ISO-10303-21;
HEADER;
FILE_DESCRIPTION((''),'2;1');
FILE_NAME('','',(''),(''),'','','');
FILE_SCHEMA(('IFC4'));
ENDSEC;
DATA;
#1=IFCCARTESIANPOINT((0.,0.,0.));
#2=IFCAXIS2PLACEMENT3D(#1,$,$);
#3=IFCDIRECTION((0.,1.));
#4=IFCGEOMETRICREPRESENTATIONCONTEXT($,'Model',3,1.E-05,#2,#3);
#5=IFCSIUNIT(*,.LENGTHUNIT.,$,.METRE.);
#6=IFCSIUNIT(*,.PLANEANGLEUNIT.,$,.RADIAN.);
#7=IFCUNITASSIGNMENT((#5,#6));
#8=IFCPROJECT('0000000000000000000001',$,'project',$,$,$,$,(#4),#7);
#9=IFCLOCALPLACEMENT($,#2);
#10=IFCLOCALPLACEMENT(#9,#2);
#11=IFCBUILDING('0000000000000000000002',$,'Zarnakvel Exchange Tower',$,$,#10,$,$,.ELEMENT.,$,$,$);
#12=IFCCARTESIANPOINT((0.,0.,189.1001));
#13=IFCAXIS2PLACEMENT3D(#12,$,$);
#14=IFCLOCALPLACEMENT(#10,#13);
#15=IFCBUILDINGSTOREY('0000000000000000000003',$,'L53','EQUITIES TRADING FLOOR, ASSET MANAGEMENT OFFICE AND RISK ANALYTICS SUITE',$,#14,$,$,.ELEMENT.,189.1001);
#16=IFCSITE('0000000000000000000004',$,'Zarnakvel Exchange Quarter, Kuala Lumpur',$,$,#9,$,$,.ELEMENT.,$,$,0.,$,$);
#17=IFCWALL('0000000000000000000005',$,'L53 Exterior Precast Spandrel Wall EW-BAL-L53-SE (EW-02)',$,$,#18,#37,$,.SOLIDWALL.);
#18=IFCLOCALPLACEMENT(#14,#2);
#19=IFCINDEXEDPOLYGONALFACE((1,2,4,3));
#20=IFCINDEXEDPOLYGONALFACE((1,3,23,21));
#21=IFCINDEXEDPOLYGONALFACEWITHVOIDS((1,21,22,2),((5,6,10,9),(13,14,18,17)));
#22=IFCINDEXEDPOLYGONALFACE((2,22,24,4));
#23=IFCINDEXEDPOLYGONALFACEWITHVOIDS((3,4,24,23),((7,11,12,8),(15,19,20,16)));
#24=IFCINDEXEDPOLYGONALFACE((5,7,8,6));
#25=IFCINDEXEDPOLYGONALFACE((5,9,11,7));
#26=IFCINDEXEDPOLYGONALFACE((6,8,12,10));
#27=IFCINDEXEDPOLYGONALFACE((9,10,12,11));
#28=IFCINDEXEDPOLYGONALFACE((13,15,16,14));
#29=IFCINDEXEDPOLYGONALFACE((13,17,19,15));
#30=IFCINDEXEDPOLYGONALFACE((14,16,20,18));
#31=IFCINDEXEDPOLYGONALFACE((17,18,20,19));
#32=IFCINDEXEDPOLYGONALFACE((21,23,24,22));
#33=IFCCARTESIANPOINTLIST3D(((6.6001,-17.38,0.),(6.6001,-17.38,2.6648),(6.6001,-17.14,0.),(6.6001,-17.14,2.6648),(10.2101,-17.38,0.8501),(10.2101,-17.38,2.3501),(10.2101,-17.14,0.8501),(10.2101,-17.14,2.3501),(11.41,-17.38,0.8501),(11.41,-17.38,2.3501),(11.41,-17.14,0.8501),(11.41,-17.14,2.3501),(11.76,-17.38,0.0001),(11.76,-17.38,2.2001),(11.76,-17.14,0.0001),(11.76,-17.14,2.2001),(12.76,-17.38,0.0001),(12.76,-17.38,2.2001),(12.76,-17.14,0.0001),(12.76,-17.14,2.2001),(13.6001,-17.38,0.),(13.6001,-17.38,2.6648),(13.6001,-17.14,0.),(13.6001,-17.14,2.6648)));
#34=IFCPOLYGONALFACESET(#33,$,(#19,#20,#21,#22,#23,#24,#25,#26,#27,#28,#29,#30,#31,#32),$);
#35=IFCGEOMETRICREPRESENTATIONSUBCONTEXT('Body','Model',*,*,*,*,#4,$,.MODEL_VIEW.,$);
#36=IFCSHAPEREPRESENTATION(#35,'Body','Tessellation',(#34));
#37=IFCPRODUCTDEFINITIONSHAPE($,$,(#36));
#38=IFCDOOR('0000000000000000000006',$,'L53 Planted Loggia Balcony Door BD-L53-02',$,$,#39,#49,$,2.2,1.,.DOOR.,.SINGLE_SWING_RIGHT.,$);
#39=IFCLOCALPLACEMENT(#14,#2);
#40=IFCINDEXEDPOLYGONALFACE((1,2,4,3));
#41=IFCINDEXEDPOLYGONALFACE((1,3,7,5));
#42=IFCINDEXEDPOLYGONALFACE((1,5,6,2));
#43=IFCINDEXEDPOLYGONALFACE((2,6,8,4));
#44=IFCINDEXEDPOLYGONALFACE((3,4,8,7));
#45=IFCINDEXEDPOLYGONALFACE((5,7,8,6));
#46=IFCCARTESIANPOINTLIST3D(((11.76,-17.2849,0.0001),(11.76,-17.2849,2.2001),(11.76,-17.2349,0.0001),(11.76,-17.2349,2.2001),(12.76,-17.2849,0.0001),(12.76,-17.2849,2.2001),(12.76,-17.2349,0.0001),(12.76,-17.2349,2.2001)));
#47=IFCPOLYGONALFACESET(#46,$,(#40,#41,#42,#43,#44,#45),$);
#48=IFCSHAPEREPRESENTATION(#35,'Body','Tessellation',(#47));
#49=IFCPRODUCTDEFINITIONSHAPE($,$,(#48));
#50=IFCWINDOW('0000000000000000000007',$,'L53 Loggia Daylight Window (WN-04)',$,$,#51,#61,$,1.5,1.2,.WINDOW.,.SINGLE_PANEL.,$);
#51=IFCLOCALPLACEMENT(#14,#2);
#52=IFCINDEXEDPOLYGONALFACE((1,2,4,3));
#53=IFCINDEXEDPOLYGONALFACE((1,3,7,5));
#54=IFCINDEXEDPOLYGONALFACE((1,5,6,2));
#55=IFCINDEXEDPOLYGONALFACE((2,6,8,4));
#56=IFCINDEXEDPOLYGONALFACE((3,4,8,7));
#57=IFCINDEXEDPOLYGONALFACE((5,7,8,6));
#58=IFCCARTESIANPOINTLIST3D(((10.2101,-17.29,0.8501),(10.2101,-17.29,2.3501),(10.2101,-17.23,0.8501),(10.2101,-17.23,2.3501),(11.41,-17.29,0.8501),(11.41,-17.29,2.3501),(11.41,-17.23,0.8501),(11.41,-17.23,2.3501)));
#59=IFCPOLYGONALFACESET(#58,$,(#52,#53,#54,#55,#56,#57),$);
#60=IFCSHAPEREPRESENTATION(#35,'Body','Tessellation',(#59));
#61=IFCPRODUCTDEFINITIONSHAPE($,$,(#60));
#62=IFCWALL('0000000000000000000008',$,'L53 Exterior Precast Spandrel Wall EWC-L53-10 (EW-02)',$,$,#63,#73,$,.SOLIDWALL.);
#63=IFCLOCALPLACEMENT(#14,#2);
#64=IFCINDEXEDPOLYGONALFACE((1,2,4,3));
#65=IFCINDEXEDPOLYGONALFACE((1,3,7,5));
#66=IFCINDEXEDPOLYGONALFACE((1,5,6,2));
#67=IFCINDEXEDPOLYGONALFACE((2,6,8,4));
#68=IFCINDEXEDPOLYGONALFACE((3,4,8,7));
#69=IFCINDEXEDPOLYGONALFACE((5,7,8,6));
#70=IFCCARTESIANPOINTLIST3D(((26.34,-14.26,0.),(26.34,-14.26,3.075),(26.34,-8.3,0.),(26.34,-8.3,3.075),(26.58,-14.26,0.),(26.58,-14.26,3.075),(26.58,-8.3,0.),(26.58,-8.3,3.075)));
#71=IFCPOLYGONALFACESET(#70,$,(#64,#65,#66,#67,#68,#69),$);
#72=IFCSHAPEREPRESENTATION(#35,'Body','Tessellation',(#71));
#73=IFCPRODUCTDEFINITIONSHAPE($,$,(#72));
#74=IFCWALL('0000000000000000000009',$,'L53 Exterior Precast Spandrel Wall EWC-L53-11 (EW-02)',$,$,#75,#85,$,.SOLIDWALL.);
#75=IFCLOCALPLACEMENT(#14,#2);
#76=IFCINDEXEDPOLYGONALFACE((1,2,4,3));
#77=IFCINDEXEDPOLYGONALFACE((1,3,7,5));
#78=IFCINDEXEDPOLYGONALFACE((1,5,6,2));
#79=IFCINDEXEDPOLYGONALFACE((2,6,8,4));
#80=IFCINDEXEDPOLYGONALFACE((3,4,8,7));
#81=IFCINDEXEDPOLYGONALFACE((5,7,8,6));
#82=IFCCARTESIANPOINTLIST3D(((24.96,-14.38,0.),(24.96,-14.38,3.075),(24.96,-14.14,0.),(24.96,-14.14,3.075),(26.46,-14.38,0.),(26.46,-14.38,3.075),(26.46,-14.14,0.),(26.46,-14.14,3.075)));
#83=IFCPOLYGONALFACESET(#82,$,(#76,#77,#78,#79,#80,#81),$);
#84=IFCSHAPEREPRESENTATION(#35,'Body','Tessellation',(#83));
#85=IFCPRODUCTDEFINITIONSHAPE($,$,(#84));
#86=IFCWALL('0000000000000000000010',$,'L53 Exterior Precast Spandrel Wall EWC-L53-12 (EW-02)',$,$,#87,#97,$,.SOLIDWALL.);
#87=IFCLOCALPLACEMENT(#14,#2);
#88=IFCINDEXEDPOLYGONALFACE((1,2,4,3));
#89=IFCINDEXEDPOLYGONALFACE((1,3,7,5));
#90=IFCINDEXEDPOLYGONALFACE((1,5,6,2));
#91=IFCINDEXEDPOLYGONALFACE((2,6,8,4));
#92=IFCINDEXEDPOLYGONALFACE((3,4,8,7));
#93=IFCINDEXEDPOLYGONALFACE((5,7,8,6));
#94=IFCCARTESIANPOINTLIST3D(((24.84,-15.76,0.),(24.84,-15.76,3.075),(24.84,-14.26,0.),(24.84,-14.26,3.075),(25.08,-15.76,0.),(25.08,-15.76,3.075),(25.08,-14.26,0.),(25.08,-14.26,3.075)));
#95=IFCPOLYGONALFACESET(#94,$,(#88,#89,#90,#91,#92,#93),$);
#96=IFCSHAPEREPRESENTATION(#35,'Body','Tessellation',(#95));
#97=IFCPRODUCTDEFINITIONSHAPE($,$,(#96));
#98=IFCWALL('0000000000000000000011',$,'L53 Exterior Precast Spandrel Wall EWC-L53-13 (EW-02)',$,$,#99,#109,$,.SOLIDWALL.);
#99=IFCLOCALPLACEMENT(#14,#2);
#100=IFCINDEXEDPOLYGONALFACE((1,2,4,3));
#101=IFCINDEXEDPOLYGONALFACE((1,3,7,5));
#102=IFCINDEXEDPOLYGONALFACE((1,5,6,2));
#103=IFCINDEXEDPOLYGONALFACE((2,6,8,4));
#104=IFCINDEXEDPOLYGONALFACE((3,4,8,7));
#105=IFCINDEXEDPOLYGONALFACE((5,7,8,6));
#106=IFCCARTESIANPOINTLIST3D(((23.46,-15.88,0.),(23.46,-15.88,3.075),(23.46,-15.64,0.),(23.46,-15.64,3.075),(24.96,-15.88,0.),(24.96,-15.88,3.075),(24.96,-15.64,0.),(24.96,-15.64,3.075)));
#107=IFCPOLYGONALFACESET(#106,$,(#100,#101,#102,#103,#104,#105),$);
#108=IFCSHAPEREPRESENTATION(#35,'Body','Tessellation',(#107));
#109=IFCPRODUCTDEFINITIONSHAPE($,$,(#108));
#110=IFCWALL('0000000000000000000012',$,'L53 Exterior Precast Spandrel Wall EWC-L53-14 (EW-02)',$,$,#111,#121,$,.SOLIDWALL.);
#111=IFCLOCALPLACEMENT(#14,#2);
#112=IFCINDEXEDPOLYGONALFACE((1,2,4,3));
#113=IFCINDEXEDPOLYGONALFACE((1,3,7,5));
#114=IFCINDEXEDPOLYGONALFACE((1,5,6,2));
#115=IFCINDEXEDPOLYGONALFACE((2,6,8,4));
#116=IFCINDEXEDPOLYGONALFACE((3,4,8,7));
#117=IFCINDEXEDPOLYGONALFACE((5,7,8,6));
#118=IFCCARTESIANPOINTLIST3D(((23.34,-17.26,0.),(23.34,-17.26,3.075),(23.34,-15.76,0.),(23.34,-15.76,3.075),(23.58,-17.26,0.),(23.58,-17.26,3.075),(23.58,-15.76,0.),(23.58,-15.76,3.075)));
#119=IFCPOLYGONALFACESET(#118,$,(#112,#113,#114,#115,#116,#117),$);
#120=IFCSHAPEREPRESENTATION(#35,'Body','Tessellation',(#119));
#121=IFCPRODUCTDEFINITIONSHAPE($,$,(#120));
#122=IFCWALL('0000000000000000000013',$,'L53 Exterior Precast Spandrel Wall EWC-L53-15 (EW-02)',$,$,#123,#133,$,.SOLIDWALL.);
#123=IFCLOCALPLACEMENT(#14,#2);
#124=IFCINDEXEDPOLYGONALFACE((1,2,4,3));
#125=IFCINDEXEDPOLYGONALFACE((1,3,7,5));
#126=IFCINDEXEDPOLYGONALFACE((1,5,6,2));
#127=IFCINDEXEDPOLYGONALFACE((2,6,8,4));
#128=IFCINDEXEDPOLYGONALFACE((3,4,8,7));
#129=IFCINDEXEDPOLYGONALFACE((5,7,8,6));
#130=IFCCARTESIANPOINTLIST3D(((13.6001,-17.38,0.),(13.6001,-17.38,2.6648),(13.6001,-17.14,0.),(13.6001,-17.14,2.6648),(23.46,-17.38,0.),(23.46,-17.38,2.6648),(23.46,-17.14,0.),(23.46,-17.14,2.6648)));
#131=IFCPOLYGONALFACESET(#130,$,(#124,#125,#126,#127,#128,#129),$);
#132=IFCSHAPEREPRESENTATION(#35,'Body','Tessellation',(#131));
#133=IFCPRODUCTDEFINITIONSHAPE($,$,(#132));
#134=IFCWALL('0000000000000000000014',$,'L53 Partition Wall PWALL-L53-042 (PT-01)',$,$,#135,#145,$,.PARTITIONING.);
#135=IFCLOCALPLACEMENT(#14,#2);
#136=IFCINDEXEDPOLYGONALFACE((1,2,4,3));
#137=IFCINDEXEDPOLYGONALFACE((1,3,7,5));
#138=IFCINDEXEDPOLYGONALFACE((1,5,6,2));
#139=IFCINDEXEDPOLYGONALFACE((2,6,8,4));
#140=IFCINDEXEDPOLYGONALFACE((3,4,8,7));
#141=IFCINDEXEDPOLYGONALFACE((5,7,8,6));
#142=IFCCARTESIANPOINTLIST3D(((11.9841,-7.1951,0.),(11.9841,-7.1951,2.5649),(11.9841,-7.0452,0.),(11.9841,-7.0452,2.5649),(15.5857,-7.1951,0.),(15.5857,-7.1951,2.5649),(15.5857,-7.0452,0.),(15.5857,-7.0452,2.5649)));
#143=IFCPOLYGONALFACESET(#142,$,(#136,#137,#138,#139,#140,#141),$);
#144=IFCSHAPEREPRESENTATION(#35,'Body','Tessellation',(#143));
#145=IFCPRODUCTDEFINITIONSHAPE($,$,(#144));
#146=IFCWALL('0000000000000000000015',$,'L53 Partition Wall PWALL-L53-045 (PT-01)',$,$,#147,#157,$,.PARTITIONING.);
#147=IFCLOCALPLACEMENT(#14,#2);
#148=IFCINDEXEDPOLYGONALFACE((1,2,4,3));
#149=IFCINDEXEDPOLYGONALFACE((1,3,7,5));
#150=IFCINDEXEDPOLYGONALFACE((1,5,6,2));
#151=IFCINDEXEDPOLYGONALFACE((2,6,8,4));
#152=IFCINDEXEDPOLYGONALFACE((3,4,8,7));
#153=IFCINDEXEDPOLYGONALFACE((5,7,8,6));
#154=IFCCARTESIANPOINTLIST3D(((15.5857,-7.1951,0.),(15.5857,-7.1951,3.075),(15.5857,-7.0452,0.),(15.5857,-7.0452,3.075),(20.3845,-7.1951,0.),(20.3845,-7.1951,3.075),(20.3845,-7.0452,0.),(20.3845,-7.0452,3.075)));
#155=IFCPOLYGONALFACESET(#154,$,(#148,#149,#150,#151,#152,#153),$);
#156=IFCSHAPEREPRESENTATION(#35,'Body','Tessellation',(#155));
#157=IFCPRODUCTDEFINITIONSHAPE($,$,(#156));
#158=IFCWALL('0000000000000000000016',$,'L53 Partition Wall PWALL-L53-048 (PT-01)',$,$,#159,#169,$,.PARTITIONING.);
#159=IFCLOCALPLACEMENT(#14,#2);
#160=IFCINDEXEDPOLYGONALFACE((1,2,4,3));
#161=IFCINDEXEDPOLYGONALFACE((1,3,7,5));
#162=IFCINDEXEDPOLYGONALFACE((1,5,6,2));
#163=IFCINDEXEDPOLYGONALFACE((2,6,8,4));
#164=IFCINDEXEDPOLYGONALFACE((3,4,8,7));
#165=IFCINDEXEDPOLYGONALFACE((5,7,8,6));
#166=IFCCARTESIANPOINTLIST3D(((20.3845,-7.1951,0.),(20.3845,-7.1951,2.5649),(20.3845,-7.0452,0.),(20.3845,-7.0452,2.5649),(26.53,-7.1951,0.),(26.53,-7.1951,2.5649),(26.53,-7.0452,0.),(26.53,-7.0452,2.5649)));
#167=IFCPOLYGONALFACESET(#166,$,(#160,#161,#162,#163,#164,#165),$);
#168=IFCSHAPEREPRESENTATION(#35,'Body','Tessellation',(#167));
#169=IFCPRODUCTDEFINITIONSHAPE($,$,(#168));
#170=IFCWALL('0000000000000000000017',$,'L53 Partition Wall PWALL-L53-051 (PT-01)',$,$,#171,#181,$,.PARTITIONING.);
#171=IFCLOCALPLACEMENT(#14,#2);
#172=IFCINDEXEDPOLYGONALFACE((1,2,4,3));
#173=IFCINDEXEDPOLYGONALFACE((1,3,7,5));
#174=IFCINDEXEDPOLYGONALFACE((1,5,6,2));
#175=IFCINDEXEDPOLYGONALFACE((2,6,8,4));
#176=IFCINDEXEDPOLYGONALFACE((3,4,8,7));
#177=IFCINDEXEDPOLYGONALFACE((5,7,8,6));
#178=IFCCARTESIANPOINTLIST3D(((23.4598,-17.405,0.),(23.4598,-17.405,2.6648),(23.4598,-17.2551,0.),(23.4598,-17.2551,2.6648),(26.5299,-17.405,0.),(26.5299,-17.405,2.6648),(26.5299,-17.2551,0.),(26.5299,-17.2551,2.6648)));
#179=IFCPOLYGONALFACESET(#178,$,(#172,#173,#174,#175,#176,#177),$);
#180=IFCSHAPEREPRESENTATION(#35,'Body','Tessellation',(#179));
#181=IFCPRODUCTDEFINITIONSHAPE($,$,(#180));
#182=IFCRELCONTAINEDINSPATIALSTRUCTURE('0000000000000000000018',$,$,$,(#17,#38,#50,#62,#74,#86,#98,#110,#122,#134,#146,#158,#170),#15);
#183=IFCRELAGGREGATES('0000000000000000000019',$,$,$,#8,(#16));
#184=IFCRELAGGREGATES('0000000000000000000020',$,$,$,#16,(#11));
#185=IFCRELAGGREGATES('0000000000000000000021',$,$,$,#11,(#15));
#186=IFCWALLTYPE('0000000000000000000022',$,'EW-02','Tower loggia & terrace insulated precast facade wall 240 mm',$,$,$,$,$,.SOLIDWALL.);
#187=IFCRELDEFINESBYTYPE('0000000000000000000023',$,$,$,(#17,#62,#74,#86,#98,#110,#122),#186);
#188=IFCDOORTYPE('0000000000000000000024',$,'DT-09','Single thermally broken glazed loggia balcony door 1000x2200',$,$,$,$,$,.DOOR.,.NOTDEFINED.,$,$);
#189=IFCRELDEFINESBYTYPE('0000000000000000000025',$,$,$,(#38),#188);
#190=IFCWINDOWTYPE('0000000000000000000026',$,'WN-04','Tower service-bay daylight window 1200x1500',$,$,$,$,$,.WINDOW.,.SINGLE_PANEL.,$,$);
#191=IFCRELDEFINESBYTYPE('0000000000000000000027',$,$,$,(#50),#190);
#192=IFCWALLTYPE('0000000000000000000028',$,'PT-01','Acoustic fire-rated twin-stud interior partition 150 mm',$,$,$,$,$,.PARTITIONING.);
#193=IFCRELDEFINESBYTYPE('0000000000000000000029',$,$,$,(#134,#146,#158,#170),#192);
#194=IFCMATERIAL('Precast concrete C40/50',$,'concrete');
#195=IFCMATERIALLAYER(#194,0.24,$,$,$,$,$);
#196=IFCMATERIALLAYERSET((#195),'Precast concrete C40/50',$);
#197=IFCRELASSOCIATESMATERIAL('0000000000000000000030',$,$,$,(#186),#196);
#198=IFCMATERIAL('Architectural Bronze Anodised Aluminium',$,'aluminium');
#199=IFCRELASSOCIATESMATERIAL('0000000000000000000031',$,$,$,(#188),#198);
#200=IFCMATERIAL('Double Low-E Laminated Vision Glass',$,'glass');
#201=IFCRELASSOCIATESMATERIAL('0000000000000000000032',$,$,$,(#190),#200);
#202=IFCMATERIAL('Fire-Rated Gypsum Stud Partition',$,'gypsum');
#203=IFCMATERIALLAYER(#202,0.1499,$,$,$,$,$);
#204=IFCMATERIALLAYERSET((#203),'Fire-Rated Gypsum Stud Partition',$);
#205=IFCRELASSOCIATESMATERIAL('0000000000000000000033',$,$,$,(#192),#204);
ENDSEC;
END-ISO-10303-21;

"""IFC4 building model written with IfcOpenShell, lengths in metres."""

from ifc_helpers import new_model, si_unit, direction, frame, frame_2d, origin, place, context, subcontext, project, spatial, rectangle, extrude, source, transform, mapped, material, layer, layer_set, type_object, element, fill, save


model = new_model("IFC4")

# Units and contexts
model_context = context("Model", 3, precision=1e-05, world=origin(), true_north=direction((0.0, 1.0)))
body_context = subcontext(model_context, "Body", "Model", "MODEL_VIEW")
ifc_project = project(units=[si_unit("LENGTHUNIT", "METRE"), si_unit("PLANEANGLEUNIT", "RADIAN")], contexts=[model_context])

# Site, building, storey
site_placement = place(None, origin())
site = spatial("IfcSite", under=ifc_project, at=site_placement, Name="Zarnakvel Exchange Quarter, Kuala Lumpur", CompositionType="ELEMENT", RefElevation=0.0)
building_placement = place(site_placement, origin())
building = spatial("IfcBuilding", under=site, at=building_placement, Name="Zarnakvel Exchange Tower", CompositionType="ELEMENT")
storey_placement = place(building_placement, frame((0.0, 0.0, 189.1001)))
storey = spatial("IfcBuildingStorey", under=building, at=storey_placement, Name="L53", Description="EQUITIES TRADING FLOOR, ASSET MANAGEMENT OFFICE AND RISK ANALYTICS SUITE", CompositionType="ELEMENT", Elevation=189.1001)

# Wall, openings, door, window
ifc_material_1 = material(Name="Precast concrete C40/50", Category="concrete")
ifc_layer_1 = layer(ifc_material_1, 0.24)
ifc_layer_set_1 = layer_set([ifc_layer_1], Name="Precast concrete C40/50")
wall_type_1 = type_object("IfcWallType", Name="EW-02", Description="Tower loggia & terrace insulated precast facade wall 240 mm", PredefinedType="SOLIDWALL", material=ifc_layer_set_1)
wall_1_placement = place(storey_placement, frame((13.6001, -17.26, 0.0), z_axis=(0.0, 0.0, 1.0), x_axis=(-1.0, 0.0, 0.0)))
wall_1 = element("IfcWall", 1, at=wall_1_placement, inside=storey, type_object=wall_type_1, Name="L53 Exterior Precast Spandrel Wall EW-BAL-L53-SE (EW-02)", PredefinedType="SOLIDWALL", context=body_context, shape_type="SweptSolid", body=[
    extrude(rectangle(XDim=7.0, YDim=0.24, at=frame_2d((3.5, 0.0))), origin(), (0.0, 0.0, 1.0), 2.6648),
])
opening_1_placement = place(wall_1_placement, frame((0.8401, 0.0, 0.0)))
opening_1 = element("IfcOpeningElement", 2, at=opening_1_placement, cuts=wall_1, PredefinedType="OPENING", context=body_context, shape_type="SweptSolid", body=[
    extrude(rectangle(XDim=1.0, YDim=2.2, at=frame_2d((0.5, 1.1001))), frame((0.0, 0.1299, 0.0), z_axis=(0.0, -1.0, 0.0), x_axis=(1.0, 0.0, 0.0)), (0.0, 0.0, 1.0), 0.26),
])
opening_2_placement = place(wall_1_placement, frame((2.1899, 0.0, 0.8501)))
opening_2 = element("IfcOpeningElement", 3, at=opening_2_placement, cuts=wall_1, PredefinedType="OPENING", context=body_context, shape_type="SweptSolid", body=[
    extrude(rectangle(XDim=1.2, YDim=1.5, at=frame_2d((0.6001, 0.75))), frame((0.0, 0.1299, 0.0), z_axis=(0.0, -1.0, 0.0), x_axis=(1.0, 0.0, 0.0)), (0.0, 0.0, 1.0), 0.26),
])
ifc_material_2 = material(Name="Architectural Bronze Anodised Aluminium", Category="aluminium")
door_type = type_object("IfcDoorType", Name="DT-09", Description="Single thermally broken glazed loggia balcony door 1000x2200", OperationType="NOTDEFINED", PredefinedType="DOOR", material=ifc_material_2)
shared_shape_1 = source(origin(), body_context, "Body", "SweptSolid", [
    extrude(rectangle(XDim=1.0, YDim=2.2, at=frame_2d((0.5, 1.1001))), frame((0.0, 0.0249, 0.0), z_axis=(0.0, -1.0, 0.0), x_axis=(1.0, 0.0, 0.0)), (0.0, 0.0, 1.0), 0.05),
])
door_placement = place(opening_1_placement, origin())
door = element("IfcDoor", 4, at=door_placement, inside=storey, type_object=door_type, Name="L53 Planted Loggia Balcony Door BD-L53-02", OperationType="SINGLE_SWING_RIGHT", OverallHeight=2.2, OverallWidth=1.0, PredefinedType="DOOR", context=body_context, shape_type="MappedRepresentation", body=[
    mapped(shared_shape_1, transform((0.0, 0.0, 0.0), x_axis=(1.0, 0.0, 0.0), y_axis=(0.0, 1.0, 0.0), z_axis=(0.0, 0.0, 1.0), scale=1.0)),
])
fill(opening_1, door)
ifc_material_3 = material(Name="Double Low-E Laminated Vision Glass", Category="glass")
window_type = type_object("IfcWindowType", Name="WN-04", Description="Tower service-bay daylight window 1200x1500", PartitioningType="SINGLE_PANEL", PredefinedType="WINDOW", material=ifc_material_3)
shared_shape_2 = source(origin(), body_context, "Body", "SweptSolid", [
    extrude(rectangle(XDim=1.2, YDim=1.5, at=frame_2d((0.6001, 0.75))), frame((0.0, 0.03, 0.0), z_axis=(0.0, -1.0, 0.0), x_axis=(1.0, 0.0, 0.0)), (0.0, 0.0, 1.0), 0.0601),
])
window_placement = place(opening_2_placement, origin())
window = element("IfcWindow", 5, at=window_placement, inside=storey, type_object=window_type, Name="L53 Loggia Daylight Window (WN-04)", OverallHeight=1.5, OverallWidth=1.2, PartitioningType="SINGLE_PANEL", PredefinedType="WINDOW", context=body_context, shape_type="MappedRepresentation", body=[
    mapped(shared_shape_2, transform((0.0, 0.0, 0.0), x_axis=(1.0, 0.0, 0.0), y_axis=(0.0, 1.0, 0.0), z_axis=(0.0, 0.0, 1.0), scale=1.0)),
])
fill(opening_2, window)

# Walls
wall_2_placement = place(storey_placement, frame((26.46, -14.26, 0.0), z_axis=(0.0, 0.0, 1.0), x_axis=(0.0, 1.0, 0.0)))
element("IfcWall", 6, at=wall_2_placement, inside=storey, type_object=wall_type_1, Name="L53 Exterior Precast Spandrel Wall EWC-L53-10 (EW-02)", PredefinedType="SOLIDWALL", context=body_context, shape_type="SweptSolid", body=[
    extrude(rectangle(XDim=5.96, YDim=0.24, at=frame_2d((2.98, 0.0))), origin(), (0.0, 0.0, 1.0), 3.075),
])
for number, where, z_axis, x_axis, name in (
    (7, (24.96, -14.26, 0.0), (0.0, 0.0, 1.0), (1.0, 0.0, 0.0), "L53 Exterior Precast Spandrel Wall EWC-L53-11 (EW-02)"),
    (8, (24.96, -15.76, 0.0), (0.0, 0.0, 1.0), (0.0, 1.0, 0.0), "L53 Exterior Precast Spandrel Wall EWC-L53-12 (EW-02)"),
    (9, (23.46, -15.76, 0.0), (0.0, 0.0, 1.0), (1.0, 0.0, 0.0), "L53 Exterior Precast Spandrel Wall EWC-L53-13 (EW-02)"),
    (10, (23.46, -17.26, 0.0), (0.0, 0.0, 1.0), (0.0, 1.0, 0.0), "L53 Exterior Precast Spandrel Wall EWC-L53-14 (EW-02)"),
):
    element("IfcWall", number, at=place(storey_placement, frame(where, z_axis=z_axis, x_axis=x_axis)), inside=storey, type_object=wall_type_1, Name=name, PredefinedType="SOLIDWALL", context=body_context, shape_type="SweptSolid", body=[
        extrude(rectangle(XDim=1.5, YDim=0.24, at=frame_2d((0.75, 0.0))), origin(), (0.0, 0.0, 1.0), 3.075),
    ])
wall_3_placement = place(storey_placement, frame((13.6001, -17.26, 0.0), z_axis=(0.0, 0.0, 1.0), x_axis=(1.0, 0.0, 0.0)))
element("IfcWall", 11, at=wall_3_placement, inside=storey, type_object=wall_type_1, Name="L53 Exterior Precast Spandrel Wall EWC-L53-15 (EW-02)", PredefinedType="SOLIDWALL", context=body_context, shape_type="SweptSolid", body=[
    extrude(rectangle(XDim=9.8599, YDim=0.24, at=frame_2d((4.9299, 0.0))), origin(), (0.0, 0.0, 1.0), 2.6648),
])
ifc_material_4 = material(Name="Fire-Rated Gypsum Stud Partition", Category="gypsum")
ifc_layer_2 = layer(ifc_material_4, 0.1499)
ifc_layer_set_2 = layer_set([ifc_layer_2], Name="Fire-Rated Gypsum Stud Partition")
wall_type_2 = type_object("IfcWallType", Name="PT-01", Description="Acoustic fire-rated twin-stud interior partition 150 mm", PredefinedType="PARTITIONING", material=ifc_layer_set_2)
wall_4_placement = place(storey_placement, frame((15.5857, -7.1201, 0.0), z_axis=(0.0, 0.0, 1.0), x_axis=(-1.0, 0.0, 0.0)))
element("IfcWall", 12, at=wall_4_placement, inside=storey, type_object=wall_type_2, Name="L53 Partition Wall PWALL-L53-042 (PT-01)", PredefinedType="PARTITIONING", context=body_context, shape_type="SweptSolid", body=[
    extrude(rectangle(XDim=3.6016, YDim=0.1499, at=frame_2d((1.8008, 0.0))), origin(), (0.0, 0.0, 1.0), 2.5649),
])
wall_5_placement = place(storey_placement, frame((20.3845, -7.1201, 0.0), z_axis=(0.0, 0.0, 1.0), x_axis=(-1.0, 0.0, 0.0)))
element("IfcWall", 13, at=wall_5_placement, inside=storey, type_object=wall_type_2, Name="L53 Partition Wall PWALL-L53-045 (PT-01)", PredefinedType="PARTITIONING", context=body_context, shape_type="SweptSolid", body=[
    extrude(rectangle(XDim=4.7988, YDim=0.1499, at=frame_2d((2.3994, 0.0))), origin(), (0.0, 0.0, 1.0), 3.075),
])
wall_6_placement = place(storey_placement, frame((26.53, -7.1201, 0.0), z_axis=(0.0, 0.0, 1.0), x_axis=(-1.0, 0.0, 0.0)))
element("IfcWall", 14, at=wall_6_placement, inside=storey, type_object=wall_type_2, Name="L53 Partition Wall PWALL-L53-048 (PT-01)", PredefinedType="PARTITIONING", context=body_context, shape_type="SweptSolid", body=[
    extrude(rectangle(XDim=6.1455, YDim=0.1499, at=frame_2d((3.0728, 0.0))), origin(), (0.0, 0.0, 1.0), 2.5649),
])
wall_7_placement = place(storey_placement, frame((26.53, -17.3301, 0.0), z_axis=(0.0, 0.0, 1.0), x_axis=(-1.0, 0.0, 0.0)))
element("IfcWall", 15, at=wall_7_placement, inside=storey, type_object=wall_type_2, Name="L53 Partition Wall PWALL-L53-051 (PT-01)", PredefinedType="PARTITIONING", context=body_context, shape_type="SweptSolid", body=[
    extrude(rectangle(XDim=3.0701, YDim=0.1499, at=frame_2d((1.5352, 0.0))), origin(), (0.0, 0.0, 1.0), 2.6648),
])

save(model, "model.ifc")
